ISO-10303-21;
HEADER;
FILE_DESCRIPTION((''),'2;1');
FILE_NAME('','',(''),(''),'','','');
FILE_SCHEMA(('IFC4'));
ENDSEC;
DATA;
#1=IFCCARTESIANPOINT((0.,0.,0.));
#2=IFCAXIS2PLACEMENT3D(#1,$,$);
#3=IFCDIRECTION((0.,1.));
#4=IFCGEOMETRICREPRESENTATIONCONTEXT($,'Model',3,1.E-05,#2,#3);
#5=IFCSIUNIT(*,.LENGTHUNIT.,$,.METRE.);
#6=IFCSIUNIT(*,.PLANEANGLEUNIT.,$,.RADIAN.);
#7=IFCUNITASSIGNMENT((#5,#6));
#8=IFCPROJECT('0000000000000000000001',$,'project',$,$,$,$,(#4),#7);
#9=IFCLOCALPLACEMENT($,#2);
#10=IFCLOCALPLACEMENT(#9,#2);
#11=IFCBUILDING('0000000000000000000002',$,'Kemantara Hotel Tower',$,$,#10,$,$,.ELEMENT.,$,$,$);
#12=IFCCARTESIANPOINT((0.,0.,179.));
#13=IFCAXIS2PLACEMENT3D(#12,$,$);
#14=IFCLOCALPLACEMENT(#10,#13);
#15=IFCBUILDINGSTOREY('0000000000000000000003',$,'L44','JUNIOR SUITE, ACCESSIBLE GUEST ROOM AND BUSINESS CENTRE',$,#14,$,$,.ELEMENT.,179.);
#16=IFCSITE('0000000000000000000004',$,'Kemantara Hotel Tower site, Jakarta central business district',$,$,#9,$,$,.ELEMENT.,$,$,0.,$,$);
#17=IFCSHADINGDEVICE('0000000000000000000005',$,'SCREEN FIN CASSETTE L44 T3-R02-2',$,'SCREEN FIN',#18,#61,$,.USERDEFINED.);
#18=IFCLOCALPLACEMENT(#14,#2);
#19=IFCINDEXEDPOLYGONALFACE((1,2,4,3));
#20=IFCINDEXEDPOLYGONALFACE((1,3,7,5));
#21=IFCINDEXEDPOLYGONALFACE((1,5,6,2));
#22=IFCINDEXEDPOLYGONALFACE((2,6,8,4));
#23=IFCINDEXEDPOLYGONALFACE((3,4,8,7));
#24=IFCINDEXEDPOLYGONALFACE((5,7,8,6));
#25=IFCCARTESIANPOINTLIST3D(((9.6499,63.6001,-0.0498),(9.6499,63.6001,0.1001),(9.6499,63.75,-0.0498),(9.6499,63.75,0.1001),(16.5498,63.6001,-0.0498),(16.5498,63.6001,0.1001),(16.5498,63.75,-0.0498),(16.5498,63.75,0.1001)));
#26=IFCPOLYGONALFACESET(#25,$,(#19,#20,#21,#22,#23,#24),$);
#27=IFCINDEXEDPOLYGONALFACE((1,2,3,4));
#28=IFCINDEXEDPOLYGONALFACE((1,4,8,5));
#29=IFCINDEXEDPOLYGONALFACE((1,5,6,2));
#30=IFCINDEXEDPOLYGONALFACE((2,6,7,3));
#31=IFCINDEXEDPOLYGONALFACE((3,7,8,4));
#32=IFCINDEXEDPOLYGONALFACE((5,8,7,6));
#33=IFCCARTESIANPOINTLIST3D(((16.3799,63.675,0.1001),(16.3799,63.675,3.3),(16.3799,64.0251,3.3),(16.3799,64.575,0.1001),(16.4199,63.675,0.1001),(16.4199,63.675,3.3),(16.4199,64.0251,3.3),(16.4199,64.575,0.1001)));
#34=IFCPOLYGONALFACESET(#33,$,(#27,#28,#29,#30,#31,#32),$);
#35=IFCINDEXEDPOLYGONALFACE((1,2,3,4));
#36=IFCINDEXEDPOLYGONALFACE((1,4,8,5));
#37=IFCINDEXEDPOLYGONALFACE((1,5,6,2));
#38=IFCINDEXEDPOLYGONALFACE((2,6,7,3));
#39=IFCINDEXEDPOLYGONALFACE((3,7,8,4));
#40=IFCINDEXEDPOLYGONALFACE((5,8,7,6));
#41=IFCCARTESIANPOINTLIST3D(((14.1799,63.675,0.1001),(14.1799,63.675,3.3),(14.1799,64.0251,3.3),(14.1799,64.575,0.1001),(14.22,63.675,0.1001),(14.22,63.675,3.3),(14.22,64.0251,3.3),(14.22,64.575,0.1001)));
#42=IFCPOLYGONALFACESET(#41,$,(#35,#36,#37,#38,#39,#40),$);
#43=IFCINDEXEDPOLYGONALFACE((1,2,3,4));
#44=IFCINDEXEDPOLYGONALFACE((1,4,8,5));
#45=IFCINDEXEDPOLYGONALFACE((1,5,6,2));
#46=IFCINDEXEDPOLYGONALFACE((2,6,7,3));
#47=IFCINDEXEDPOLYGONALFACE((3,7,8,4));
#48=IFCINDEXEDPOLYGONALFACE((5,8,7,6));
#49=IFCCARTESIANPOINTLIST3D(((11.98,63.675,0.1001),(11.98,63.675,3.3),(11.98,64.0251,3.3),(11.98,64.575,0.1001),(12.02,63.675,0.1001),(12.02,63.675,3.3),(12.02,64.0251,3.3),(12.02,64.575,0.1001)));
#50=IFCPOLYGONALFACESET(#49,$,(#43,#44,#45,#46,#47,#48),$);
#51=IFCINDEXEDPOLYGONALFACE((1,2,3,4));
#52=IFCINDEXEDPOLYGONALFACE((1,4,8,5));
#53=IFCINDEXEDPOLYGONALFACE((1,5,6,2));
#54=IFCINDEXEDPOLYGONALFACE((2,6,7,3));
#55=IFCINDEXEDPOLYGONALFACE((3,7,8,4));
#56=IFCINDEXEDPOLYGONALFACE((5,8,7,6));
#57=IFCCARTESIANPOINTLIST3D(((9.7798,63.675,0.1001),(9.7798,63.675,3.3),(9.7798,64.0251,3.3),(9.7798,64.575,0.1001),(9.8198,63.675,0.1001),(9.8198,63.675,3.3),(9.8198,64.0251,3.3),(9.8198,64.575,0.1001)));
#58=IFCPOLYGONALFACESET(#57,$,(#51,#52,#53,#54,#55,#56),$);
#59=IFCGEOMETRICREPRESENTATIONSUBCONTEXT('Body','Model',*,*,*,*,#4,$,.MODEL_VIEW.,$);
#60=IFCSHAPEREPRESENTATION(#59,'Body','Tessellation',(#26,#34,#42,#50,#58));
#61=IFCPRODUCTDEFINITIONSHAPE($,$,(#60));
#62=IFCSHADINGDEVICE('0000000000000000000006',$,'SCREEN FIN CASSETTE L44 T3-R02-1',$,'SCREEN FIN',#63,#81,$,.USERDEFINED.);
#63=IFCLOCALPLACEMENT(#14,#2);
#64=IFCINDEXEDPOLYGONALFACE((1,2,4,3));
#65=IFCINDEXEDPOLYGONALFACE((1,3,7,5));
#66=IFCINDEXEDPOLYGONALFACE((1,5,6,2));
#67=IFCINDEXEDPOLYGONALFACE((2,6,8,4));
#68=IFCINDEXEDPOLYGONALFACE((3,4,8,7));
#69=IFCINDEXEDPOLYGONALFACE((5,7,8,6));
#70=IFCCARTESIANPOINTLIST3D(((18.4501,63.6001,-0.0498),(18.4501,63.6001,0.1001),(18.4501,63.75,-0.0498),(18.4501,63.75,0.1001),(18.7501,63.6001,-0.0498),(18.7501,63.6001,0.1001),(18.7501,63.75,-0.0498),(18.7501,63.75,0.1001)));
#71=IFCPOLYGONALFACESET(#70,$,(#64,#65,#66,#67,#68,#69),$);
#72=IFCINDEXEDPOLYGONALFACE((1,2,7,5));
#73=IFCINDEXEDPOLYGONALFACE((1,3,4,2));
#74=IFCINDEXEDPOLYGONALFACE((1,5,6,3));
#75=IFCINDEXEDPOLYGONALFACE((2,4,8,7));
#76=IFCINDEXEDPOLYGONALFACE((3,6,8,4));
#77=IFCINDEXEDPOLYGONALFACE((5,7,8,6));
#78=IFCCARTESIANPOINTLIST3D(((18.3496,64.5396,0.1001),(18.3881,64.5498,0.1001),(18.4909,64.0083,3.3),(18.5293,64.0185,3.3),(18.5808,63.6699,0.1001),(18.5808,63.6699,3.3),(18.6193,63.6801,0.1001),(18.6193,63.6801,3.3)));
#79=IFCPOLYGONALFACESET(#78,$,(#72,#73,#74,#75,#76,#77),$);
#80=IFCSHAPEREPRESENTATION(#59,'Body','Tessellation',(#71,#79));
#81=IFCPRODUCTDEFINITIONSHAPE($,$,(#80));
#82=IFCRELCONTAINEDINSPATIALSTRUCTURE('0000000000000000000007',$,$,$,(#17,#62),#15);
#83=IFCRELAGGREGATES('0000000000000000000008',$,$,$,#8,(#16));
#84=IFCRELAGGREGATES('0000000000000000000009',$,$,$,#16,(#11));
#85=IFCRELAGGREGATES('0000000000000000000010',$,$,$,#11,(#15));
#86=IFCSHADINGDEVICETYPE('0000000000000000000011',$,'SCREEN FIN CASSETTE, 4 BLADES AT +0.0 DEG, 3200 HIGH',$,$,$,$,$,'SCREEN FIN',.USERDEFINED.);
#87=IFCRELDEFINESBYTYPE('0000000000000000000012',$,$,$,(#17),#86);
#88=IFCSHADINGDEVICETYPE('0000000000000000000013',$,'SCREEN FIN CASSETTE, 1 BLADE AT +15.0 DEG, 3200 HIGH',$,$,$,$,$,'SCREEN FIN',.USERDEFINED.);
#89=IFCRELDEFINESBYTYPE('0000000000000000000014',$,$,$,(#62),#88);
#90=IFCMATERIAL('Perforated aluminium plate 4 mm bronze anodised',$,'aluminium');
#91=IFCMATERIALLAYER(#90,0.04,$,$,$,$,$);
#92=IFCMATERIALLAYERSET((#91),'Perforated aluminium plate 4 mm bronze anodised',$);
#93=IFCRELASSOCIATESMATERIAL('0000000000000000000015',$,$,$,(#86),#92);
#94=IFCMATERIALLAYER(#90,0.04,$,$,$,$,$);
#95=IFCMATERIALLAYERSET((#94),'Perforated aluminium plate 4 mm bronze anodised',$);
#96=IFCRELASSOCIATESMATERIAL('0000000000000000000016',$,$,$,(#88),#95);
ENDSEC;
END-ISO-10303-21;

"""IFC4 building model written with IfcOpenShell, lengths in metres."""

from ifc_helpers import new_model, si_unit, direction, frame, origin, origin_2d, place, context, subcontext, project, spatial, polyline, rectangle, outline, extrude, source, transform, mapped, material, layer, layer_set, type_object, element, save


model = new_model("IFC4")

# Units and contexts
model_context = context("Model", 3, precision=1e-05, world=origin(), true_north=direction((0.0, 1.0)))
body_context = subcontext(model_context, "Body", "Model", "MODEL_VIEW")
ifc_project = project(units=[si_unit("LENGTHUNIT", "METRE"), si_unit("PLANEANGLEUNIT", "RADIAN")], contexts=[model_context])

# Site, building, storey
site_placement = place(None, origin())
site = spatial("IfcSite", under=ifc_project, at=site_placement, Name="Kemantara Hotel Tower site, Jakarta central business district", CompositionType="ELEMENT", RefElevation=0.0)
building_placement = place(site_placement, origin())
building = spatial("IfcBuilding", under=site, at=building_placement, Name="Kemantara Hotel Tower", CompositionType="ELEMENT")
storey_placement = place(building_placement, frame((0.0, 0.0, 179.0)))
storey = spatial("IfcBuildingStorey", under=building, at=storey_placement, Name="L44", Description="JUNIOR SUITE, ACCESSIBLE GUEST ROOM AND BUSINESS CENTRE", CompositionType="ELEMENT", Elevation=179.0)

# Shading devices
ifc_material_1 = material(Name="Perforated aluminium plate 4 mm bronze anodised", Category="aluminium")
ifc_layer_1 = layer(ifc_material_1, 0.04)
ifc_layer_set_1 = layer_set([ifc_layer_1], Name="Perforated aluminium plate 4 mm bronze anodised")
shading_device_type_1 = type_object("IfcShadingDeviceType", Name="SCREEN FIN CASSETTE, 4 BLADES AT +0.0 DEG, 3200 HIGH", ElementType="SCREEN FIN", PredefinedType="USERDEFINED", material=ifc_layer_set_1)
shared_shape_1 = source(origin(), body_context, "Body", "SweptSolid", [
    extrude(rectangle(XDim=6.8999, YDim=0.1499, at=origin_2d()), frame((3.3, -0.075, -0.1499), z_axis=(0.0, 0.0, 1.0), x_axis=(1.0, 0.0, 0.0)), (0.0, 0.0, 1.0), 0.1499),
    extrude(outline(polyline([(0.0, 0.0), (0.8999, 0.0), (0.3501, 3.2), (0.0, 3.2), (0.0, 0.0)])), frame((0.02, -0.075, 0.0), z_axis=(-1.0, 0.0, 0.0), x_axis=(0.0, -1.0, 0.0)), (0.0, 0.0, 1.0), 0.04),
    extrude(outline(polyline([(0.0, 0.0), (0.8999, 0.0), (0.3501, 3.2), (0.0, 3.2), (0.0, 0.0)])), frame((2.22, -0.075, 0.0), z_axis=(-1.0, 0.0, 0.0), x_axis=(0.0, -1.0, 0.0)), (0.0, 0.0, 1.0), 0.04),
    extrude(outline(polyline([(0.0, 0.0), (0.8999, 0.0), (0.3501, 3.2), (0.0, 3.2), (0.0, 0.0)])), frame((4.4199, -0.075, 0.0), z_axis=(-1.0, 0.0, 0.0), x_axis=(0.0, -1.0, 0.0)), (0.0, 0.0, 1.0), 0.04),
    extrude(outline(polyline([(0.0, 0.0), (0.8999, 0.0), (0.3501, 3.2), (0.0, 3.2), (0.0, 0.0)])), frame((6.6201, -0.075, 0.0), z_axis=(-1.0, 0.0, 0.0), x_axis=(0.0, -1.0, 0.0)), (0.0, 0.0, 1.0), 0.04),
])
shading_device_1_placement = place(storey_placement, frame((16.3999, 63.6001, 0.1001), z_axis=(0.0, 0.0, 1.0), x_axis=(-1.0, 0.0, 0.0)))
element("IfcShadingDevice", 1, at=shading_device_1_placement, inside=storey, type_object=shading_device_type_1, Name="SCREEN FIN CASSETTE L44 T3-R02-2", ObjectType="SCREEN FIN", PredefinedType="USERDEFINED", context=body_context, shape_type="MappedRepresentation", body=[
    mapped(shared_shape_1, transform((0.0, 0.0, 0.0))),
])
ifc_layer_2 = layer(ifc_material_1, 0.04)
ifc_layer_set_2 = layer_set([ifc_layer_2], Name="Perforated aluminium plate 4 mm bronze anodised")
shading_device_type_2 = type_object("IfcShadingDeviceType", Name="SCREEN FIN CASSETTE, 1 BLADE AT +15.0 DEG, 3200 HIGH", ElementType="SCREEN FIN", PredefinedType="USERDEFINED", material=ifc_layer_set_2)
shared_shape_2 = source(origin(), body_context, "Body", "SweptSolid", [
    extrude(rectangle(XDim=0.3, YDim=0.1499, at=origin_2d()), frame((0.0, -0.075, -0.1499), z_axis=(0.0, 0.0, 1.0), x_axis=(1.0, 0.0, 0.0)), (0.0, 0.0, 1.0), 0.1499),
    extrude(outline(polyline([(0.0, 0.0), (0.8999, 0.0), (0.3501, 3.2), (0.0, 3.2), (0.0, 0.0)])), frame((0.0193, -0.0698, 0.0), z_axis=(-0.966438, -0.256901, 0.0), x_axis=(0.256901, -0.966438, 0.0)), (0.0, 0.0, 1.0), 0.0398),
])
shading_device_2_placement = place(storey_placement, frame((18.6001, 63.6001, 0.1001), z_axis=(0.0, 0.0, 1.0), x_axis=(-1.0, 0.0, 0.0)))
element("IfcShadingDevice", 2, at=shading_device_2_placement, inside=storey, type_object=shading_device_type_2, Name="SCREEN FIN CASSETTE L44 T3-R02-1", ObjectType="SCREEN FIN", PredefinedType="USERDEFINED", context=body_context, shape_type="MappedRepresentation", body=[
    mapped(shared_shape_2, transform((0.0, 0.0, 0.0))),
])

save(model, "model.ifc")
